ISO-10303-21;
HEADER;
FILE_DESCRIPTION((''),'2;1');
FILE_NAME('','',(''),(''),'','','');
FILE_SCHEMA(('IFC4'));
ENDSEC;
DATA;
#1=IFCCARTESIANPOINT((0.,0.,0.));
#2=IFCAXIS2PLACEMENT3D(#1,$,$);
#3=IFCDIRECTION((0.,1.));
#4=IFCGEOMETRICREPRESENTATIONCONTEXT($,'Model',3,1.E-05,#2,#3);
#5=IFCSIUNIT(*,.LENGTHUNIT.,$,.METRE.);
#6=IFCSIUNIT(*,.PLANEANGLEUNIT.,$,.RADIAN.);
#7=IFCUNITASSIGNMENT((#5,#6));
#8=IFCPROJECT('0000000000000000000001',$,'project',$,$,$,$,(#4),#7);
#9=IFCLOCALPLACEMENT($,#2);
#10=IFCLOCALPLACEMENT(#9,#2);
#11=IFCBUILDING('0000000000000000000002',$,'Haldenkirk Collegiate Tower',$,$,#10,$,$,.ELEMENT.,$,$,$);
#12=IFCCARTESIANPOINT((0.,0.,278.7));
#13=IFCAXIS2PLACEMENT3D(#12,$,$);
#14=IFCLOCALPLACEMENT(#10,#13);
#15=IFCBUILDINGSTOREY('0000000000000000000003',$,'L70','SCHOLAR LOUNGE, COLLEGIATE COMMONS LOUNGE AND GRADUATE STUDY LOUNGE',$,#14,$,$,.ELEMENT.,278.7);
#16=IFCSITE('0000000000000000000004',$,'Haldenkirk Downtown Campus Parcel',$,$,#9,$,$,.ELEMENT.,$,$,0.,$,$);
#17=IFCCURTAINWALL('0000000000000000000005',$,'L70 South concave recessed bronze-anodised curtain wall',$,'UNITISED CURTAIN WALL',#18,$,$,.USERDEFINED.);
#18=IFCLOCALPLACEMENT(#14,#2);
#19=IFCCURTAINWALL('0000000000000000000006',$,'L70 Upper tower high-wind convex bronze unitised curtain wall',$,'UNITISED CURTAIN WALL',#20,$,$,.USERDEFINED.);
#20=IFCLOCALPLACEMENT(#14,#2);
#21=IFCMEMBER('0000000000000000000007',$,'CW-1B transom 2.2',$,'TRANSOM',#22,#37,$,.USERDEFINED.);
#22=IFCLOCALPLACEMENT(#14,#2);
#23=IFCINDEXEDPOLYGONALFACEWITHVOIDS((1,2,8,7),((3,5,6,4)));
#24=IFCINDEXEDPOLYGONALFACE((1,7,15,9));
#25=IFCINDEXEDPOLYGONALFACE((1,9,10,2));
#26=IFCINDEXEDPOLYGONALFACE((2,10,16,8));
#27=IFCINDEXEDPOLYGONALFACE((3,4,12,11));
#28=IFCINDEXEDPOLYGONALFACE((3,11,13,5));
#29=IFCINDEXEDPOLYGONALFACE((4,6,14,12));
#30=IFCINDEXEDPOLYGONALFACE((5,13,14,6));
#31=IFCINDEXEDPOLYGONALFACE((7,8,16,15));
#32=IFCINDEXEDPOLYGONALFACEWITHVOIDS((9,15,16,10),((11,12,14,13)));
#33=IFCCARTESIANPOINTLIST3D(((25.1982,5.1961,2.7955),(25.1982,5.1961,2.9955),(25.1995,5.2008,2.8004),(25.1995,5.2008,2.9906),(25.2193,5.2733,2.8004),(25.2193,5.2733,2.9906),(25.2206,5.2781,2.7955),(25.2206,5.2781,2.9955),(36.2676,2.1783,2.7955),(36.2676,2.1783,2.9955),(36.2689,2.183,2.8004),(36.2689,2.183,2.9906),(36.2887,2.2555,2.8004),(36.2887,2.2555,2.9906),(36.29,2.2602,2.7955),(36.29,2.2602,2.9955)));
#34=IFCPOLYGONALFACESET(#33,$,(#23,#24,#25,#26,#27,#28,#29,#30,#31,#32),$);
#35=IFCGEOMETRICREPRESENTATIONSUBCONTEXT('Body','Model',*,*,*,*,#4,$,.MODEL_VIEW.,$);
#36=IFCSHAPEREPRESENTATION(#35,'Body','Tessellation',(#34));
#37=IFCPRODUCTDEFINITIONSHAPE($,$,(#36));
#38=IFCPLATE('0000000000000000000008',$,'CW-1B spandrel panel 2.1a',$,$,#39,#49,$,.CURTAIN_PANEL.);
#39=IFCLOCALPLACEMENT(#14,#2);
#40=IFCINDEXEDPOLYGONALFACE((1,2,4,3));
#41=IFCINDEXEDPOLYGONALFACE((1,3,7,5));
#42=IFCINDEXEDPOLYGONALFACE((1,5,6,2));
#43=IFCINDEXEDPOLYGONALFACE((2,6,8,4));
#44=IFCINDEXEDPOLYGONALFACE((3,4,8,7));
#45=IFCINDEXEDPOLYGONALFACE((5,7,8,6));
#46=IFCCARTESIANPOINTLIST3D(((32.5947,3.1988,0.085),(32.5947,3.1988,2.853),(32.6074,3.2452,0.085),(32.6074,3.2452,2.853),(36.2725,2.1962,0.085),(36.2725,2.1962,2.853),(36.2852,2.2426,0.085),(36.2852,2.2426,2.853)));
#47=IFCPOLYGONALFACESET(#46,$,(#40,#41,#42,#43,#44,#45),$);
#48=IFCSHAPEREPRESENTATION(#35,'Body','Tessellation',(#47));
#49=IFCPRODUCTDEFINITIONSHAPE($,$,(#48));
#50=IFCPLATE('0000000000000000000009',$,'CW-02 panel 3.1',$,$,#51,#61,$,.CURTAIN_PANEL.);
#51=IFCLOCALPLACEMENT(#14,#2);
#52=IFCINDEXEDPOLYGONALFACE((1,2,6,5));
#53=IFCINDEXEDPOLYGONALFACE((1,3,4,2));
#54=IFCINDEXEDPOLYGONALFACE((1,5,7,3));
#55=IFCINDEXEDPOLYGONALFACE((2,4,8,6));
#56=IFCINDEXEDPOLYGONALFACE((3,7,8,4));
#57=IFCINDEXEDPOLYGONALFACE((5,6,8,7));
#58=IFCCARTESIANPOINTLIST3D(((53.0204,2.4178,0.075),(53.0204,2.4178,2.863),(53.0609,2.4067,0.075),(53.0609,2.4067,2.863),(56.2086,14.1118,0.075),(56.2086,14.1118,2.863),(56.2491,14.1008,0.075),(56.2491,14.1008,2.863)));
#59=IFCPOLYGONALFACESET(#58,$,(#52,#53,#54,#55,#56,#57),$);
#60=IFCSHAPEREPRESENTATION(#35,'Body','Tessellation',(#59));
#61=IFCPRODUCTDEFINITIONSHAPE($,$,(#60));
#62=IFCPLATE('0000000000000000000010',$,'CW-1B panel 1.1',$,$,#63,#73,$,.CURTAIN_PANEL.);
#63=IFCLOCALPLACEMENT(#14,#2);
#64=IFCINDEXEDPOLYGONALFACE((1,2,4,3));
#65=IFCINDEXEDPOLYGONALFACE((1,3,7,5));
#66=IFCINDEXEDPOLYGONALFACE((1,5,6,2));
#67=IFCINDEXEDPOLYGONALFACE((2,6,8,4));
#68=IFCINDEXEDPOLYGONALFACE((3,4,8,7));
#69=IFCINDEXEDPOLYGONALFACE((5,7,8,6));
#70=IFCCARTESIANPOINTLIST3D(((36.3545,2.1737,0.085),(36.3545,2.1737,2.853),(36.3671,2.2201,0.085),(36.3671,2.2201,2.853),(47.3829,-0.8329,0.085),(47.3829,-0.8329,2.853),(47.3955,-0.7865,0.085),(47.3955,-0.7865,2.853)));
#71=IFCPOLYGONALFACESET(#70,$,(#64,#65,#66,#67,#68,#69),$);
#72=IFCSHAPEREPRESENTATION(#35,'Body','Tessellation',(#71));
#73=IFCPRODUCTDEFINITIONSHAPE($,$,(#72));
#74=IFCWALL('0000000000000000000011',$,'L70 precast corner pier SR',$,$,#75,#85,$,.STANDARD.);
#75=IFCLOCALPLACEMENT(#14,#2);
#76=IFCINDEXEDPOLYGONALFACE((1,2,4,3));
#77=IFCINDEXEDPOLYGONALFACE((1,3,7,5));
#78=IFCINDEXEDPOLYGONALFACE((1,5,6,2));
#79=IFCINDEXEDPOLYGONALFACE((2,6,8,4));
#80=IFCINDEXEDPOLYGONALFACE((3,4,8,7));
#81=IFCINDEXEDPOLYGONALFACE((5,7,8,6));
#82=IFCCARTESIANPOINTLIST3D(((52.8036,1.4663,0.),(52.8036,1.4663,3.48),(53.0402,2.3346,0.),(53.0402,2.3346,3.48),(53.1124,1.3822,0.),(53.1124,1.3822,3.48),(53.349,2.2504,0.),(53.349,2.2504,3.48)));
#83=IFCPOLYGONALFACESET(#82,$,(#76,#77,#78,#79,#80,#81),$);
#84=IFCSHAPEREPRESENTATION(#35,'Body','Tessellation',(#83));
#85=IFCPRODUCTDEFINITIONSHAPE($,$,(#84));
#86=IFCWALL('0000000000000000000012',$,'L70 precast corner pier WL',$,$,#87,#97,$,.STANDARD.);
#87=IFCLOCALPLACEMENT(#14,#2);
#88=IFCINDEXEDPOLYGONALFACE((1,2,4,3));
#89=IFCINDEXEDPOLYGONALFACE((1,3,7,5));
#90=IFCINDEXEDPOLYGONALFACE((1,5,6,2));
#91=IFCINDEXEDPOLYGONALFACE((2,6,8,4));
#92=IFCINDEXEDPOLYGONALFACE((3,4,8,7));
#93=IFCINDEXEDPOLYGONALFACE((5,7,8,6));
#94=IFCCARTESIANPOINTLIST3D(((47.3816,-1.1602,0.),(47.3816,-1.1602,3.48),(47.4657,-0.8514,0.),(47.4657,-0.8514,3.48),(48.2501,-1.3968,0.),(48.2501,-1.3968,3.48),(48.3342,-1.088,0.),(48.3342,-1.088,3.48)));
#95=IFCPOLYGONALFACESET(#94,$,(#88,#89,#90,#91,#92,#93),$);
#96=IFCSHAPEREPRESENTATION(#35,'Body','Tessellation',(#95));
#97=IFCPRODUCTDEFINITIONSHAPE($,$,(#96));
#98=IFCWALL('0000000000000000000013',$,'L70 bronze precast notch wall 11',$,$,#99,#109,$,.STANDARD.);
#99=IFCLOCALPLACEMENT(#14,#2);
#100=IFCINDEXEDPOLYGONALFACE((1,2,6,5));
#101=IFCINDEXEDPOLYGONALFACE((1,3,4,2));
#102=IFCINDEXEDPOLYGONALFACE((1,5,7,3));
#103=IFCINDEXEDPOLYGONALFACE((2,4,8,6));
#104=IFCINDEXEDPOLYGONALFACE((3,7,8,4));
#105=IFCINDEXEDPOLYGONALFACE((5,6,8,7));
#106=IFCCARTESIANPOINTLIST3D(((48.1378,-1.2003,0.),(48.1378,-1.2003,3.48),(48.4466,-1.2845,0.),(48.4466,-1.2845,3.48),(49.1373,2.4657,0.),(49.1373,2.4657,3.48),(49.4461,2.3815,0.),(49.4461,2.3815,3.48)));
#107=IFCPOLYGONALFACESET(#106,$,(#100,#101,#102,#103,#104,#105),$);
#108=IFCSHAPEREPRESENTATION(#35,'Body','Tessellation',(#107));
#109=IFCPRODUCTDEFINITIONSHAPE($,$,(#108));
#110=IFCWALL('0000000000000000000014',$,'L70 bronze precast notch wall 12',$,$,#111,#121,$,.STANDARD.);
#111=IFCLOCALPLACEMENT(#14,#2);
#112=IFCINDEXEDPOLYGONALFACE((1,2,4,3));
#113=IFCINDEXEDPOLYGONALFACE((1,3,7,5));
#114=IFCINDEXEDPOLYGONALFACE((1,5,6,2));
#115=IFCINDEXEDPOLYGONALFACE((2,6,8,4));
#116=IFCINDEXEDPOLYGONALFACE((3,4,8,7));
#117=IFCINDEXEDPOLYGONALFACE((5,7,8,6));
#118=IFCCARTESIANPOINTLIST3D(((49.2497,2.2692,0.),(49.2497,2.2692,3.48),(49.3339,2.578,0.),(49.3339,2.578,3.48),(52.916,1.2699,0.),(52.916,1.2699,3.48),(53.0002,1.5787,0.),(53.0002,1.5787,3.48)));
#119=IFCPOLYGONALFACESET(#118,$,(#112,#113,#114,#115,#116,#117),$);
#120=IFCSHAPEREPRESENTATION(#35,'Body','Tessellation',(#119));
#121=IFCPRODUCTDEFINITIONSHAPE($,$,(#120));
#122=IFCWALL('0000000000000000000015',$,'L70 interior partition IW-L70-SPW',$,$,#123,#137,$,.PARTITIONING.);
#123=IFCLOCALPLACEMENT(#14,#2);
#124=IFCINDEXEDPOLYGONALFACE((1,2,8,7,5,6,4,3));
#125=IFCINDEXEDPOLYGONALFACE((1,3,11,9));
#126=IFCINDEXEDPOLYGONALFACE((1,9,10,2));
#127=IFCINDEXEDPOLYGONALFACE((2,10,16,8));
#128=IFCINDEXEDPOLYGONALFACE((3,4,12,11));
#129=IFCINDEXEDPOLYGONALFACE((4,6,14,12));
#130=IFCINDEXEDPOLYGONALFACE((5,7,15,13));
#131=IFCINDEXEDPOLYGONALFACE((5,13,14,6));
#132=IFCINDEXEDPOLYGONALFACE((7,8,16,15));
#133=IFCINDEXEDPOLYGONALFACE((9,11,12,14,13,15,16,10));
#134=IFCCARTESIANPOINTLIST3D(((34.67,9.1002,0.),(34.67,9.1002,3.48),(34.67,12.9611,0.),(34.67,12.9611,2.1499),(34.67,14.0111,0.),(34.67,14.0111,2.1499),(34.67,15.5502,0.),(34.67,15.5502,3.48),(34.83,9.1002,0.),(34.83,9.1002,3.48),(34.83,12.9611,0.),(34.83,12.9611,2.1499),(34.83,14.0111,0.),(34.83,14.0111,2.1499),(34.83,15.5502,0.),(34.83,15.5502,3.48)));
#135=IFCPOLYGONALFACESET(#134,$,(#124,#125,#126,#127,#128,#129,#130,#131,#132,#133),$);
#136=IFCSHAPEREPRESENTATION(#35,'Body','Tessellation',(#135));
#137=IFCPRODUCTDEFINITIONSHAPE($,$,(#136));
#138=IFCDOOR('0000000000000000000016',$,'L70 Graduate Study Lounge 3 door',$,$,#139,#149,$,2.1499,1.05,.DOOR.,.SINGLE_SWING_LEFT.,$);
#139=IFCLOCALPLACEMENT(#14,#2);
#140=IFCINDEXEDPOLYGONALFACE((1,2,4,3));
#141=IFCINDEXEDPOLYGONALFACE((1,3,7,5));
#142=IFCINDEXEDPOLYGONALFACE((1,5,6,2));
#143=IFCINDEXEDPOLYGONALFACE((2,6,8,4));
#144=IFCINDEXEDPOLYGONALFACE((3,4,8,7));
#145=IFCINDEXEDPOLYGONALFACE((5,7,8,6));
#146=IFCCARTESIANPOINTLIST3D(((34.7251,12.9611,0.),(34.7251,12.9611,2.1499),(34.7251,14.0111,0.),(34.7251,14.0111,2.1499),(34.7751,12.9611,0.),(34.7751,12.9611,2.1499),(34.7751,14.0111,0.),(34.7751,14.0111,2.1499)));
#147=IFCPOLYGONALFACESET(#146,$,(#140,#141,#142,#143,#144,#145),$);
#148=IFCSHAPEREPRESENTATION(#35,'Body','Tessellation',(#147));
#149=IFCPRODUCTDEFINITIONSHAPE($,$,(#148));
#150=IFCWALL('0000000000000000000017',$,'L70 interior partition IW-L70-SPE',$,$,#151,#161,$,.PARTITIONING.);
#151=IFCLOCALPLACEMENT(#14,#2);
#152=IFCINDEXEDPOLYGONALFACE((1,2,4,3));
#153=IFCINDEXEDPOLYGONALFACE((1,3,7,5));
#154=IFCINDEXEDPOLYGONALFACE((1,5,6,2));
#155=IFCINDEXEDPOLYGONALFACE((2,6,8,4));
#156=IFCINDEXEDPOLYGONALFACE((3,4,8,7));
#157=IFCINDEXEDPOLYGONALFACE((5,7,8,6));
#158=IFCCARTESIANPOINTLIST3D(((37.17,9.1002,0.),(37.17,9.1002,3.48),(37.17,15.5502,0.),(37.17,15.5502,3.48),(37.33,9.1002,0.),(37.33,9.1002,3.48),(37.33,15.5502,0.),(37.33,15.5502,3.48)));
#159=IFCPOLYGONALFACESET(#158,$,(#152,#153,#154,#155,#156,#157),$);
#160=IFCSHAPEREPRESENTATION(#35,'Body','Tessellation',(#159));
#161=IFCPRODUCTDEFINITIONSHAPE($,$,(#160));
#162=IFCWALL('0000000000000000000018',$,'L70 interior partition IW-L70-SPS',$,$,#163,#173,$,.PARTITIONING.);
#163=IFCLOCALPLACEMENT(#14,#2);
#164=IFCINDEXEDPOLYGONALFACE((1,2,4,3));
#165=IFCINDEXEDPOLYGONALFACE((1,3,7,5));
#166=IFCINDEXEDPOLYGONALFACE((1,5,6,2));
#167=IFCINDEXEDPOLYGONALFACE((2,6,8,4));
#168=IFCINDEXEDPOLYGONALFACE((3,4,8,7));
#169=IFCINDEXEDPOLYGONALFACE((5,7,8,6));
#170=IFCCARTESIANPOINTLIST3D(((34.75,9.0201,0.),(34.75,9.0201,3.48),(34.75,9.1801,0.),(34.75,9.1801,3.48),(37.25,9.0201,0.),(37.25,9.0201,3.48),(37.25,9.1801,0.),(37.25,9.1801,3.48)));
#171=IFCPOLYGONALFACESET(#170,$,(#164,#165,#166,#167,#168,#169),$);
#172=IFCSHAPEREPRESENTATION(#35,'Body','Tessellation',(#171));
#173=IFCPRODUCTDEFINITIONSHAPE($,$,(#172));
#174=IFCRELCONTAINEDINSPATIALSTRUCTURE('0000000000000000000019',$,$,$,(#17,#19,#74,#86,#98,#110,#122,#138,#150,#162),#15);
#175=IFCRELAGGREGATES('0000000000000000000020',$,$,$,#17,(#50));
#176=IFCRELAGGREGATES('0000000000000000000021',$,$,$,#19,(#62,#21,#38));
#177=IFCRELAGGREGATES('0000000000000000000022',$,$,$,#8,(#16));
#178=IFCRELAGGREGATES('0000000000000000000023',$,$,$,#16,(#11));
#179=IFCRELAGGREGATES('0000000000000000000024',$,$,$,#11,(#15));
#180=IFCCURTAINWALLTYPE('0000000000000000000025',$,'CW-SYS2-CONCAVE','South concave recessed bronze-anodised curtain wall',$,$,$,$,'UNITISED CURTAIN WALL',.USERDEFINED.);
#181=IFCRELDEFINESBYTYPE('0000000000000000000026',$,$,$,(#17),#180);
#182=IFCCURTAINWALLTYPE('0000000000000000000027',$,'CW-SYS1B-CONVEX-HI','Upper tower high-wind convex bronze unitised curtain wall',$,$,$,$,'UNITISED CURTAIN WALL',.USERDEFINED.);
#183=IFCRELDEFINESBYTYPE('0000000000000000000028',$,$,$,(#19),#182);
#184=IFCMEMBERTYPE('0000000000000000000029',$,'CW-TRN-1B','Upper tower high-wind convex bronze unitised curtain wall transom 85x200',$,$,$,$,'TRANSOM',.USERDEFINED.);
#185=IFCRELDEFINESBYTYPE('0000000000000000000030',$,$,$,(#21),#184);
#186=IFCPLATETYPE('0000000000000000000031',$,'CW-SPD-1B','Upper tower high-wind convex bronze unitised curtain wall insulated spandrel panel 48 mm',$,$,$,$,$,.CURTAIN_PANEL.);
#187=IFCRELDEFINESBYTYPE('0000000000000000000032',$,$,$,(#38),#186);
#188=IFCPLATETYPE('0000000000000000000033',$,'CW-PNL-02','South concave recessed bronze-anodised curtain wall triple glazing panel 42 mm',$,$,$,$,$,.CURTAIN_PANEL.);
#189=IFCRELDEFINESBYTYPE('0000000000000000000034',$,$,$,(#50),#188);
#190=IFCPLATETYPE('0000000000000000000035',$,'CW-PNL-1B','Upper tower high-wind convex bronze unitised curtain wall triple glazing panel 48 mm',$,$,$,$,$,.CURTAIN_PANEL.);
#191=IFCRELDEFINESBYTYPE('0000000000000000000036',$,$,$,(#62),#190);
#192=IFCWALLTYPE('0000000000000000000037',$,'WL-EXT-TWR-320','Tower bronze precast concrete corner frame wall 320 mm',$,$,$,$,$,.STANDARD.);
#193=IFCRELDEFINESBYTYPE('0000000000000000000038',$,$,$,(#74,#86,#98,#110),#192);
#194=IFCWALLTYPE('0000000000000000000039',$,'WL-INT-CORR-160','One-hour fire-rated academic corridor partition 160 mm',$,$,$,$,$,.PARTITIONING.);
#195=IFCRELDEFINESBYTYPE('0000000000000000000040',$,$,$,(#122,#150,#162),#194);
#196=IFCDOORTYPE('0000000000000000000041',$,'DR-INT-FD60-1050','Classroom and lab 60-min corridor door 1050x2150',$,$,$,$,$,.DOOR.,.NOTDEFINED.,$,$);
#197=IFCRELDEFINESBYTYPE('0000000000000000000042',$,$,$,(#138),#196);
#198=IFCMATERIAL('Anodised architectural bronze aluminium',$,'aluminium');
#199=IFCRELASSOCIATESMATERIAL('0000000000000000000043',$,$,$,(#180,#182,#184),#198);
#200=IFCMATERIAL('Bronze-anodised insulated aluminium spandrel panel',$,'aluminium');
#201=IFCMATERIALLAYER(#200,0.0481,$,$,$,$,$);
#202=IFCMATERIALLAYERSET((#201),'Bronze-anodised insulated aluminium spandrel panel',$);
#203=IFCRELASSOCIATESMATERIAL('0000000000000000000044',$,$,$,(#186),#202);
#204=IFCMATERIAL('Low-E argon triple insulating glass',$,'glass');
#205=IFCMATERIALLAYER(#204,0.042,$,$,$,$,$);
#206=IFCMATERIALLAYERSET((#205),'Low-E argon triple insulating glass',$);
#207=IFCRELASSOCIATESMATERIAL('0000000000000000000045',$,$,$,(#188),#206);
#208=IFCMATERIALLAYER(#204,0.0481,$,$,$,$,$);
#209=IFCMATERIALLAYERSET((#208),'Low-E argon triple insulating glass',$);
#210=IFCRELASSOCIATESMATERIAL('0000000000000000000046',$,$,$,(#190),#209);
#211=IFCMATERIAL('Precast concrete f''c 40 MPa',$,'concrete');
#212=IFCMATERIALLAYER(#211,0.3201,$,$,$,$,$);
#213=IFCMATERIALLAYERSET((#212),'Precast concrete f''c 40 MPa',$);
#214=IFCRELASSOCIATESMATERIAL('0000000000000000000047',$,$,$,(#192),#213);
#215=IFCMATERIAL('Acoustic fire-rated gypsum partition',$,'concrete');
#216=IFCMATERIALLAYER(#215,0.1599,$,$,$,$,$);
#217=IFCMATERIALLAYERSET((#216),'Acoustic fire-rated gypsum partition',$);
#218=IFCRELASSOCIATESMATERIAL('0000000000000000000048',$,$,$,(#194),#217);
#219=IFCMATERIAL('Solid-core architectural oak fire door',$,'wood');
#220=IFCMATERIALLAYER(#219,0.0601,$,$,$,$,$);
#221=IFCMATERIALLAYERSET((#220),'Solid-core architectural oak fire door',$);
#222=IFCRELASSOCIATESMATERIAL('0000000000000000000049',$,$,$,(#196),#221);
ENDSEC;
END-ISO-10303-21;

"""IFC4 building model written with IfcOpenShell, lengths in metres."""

from ifc_helpers import new_model, si_unit, direction, frame, frame_2d, origin, origin_2d, place, context, subcontext, project, spatial, rectangle, hollow_rectangle, extrude, source, transform, mapped, material, layer, layer_set, material_profile, profile_set, type_object, element, fill, aggregate, save


model = new_model("IFC4")

# Units and contexts
model_context = context("Model", 3, precision=1e-05, world=origin(), true_north=direction((0.0, 1.0)))
body_context = subcontext(model_context, "Body", "Model", "MODEL_VIEW")
ifc_project = project(units=[si_unit("LENGTHUNIT", "METRE"), si_unit("PLANEANGLEUNIT", "RADIAN")], contexts=[model_context])

# Site, building, storey
site_placement = place(None, origin())
site = spatial("IfcSite", under=ifc_project, at=site_placement, Name="Haldenkirk Downtown Campus Parcel", CompositionType="ELEMENT", RefElevation=0.0)
building_placement = place(site_placement, origin())
building = spatial("IfcBuilding", under=site, at=building_placement, Name="Haldenkirk Collegiate Tower", CompositionType="ELEMENT")
storey_placement = place(building_placement, frame((0.0, 0.0, 278.7)))
storey = spatial("IfcBuildingStorey", under=building, at=storey_placement, Name="L70", Description="SCHOLAR LOUNGE, COLLEGIATE COMMONS LOUNGE AND GRADUATE STUDY LOUNGE", CompositionType="ELEMENT", Elevation=278.7)

# Curtain wall
ifc_material_1 = material(Name="Anodised architectural bronze aluminium", Category="aluminium")
curtain_wall_type_1 = type_object("IfcCurtainWallType", Name="CW-SYS2-CONCAVE", Description="South concave recessed bronze-anodised curtain wall", ElementType="UNITISED CURTAIN WALL", PredefinedType="USERDEFINED", material=ifc_material_1)
curtain_wall_1_placement = place(storey_placement, origin())
curtain_wall_1 = element("IfcCurtainWall", 1, at=curtain_wall_1_placement, inside=storey, type_object=curtain_wall_type_1, Name="L70 South concave recessed bronze-anodised curtain wall", ObjectType="UNITISED CURTAIN WALL", PredefinedType="USERDEFINED")

# Curtain wall
curtain_wall_type_2 = type_object("IfcCurtainWallType", Name="CW-SYS1B-CONVEX-HI", Description="Upper tower high-wind convex bronze unitised curtain wall", ElementType="UNITISED CURTAIN WALL", PredefinedType="USERDEFINED", material=ifc_material_1)
curtain_wall_2_placement = place(storey_placement, origin())
curtain_wall_2 = element("IfcCurtainWall", 2, at=curtain_wall_2_placement, inside=storey, type_object=curtain_wall_type_2, Name="L70 Upper tower high-wind convex bronze unitised curtain wall", ObjectType="UNITISED CURTAIN WALL", PredefinedType="USERDEFINED")

# Member
ifc_material_profile_1 = material_profile(ifc_material_1, hollow_rectangle(XDim=0.085, YDim=0.2, WallThickness=0.0049, at=origin_2d()), Name="CW-TRN-1B")
ifc_profile_set_1 = profile_set([ifc_material_profile_1], Name="Anodised architectural bronze aluminium")
member_type_1 = type_object("IfcMemberType", Name="CW-TRN-1B", Description="Upper tower high-wind convex bronze unitised curtain wall transom 85x200", ElementType="TRANSOM", PredefinedType="USERDEFINED", material=ifc_profile_set_1)
member_1_placement = place(storey_placement, frame((36.2788, 2.2192, 2.8955), z_axis=(-0.964788, 0.263029, 0.0), x_axis=(-0.263029, -0.964788, 0.0)))
member_1 = element("IfcMember", 3, at=member_1_placement, type_object=member_type_1, Name="CW-1B transom 2.2", ObjectType="TRANSOM", PredefinedType="USERDEFINED", context=body_context, shape_type="SweptSolid", body=[
    extrude(hollow_rectangle(XDim=0.085, YDim=0.2, WallThickness=0.0049, at=origin_2d()), origin(), (0.0, 0.0, 1.0), 11.4734),
])

# Plates
ifc_material_2 = material(Name="Bronze-anodised insulated aluminium spandrel panel", Category="aluminium")
ifc_layer_1 = layer(ifc_material_2, 0.0481)
ifc_layer_set_1 = layer_set([ifc_layer_1], Name="Bronze-anodised insulated aluminium spandrel panel")
plate_type_1 = type_object("IfcPlateType", Name="CW-SPD-1B", Description="Upper tower high-wind convex bronze unitised curtain wall insulated spandrel panel 48 mm", PredefinedType="CURTAIN_PANEL", material=ifc_layer_set_1)
shared_shape_1 = source(origin(), body_context, "Body", "SweptSolid", [
    extrude(rectangle(XDim=3.812, YDim=0.0481, at=origin_2d()), origin(), (0.0, 0.0, 1.0), 2.7681),
])
plate_1_placement = place(storey_placement, frame((34.4399, 2.7207, 0.085), z_axis=(0.0, 0.0, 1.0), x_axis=(-0.964787, 0.263031, 0.0)))
plate_1 = element("IfcPlate", 4, at=plate_1_placement, type_object=plate_type_1, Name="CW-1B spandrel panel 2.1a", PredefinedType="CURTAIN_PANEL", context=body_context, shape_type="MappedRepresentation", body=[
    mapped(shared_shape_1, transform((0.0, 0.0, 0.0), x_axis=(1.0, 0.0, 0.0), y_axis=(0.0, 1.0, 0.0), z_axis=(0.0, 0.0, 1.0), scale=1.0)),
])
ifc_material_3 = material(Name="Low-E argon triple insulating glass", Category="glass")
ifc_layer_2 = layer(ifc_material_3, 0.042)
ifc_layer_set_2 = layer_set([ifc_layer_2], Name="Low-E argon triple insulating glass")
plate_type_2 = type_object("IfcPlateType", Name="CW-PNL-02", Description="South concave recessed bronze-anodised curtain wall triple glazing panel 42 mm", PredefinedType="CURTAIN_PANEL", material=ifc_layer_set_2)
shared_shape_2 = source(origin(), body_context, "Body", "SweptSolid", [
    extrude(rectangle(XDim=12.1208, YDim=0.042, at=origin_2d()), origin(), (0.0, 0.0, 1.0), 2.7881),
])
plate_2_placement = place(storey_placement, frame((54.6348, 8.2593, 0.075), z_axis=(0.0, 0.0, 1.0), x_axis=(-0.263033, -0.964787, 0.0)))
plate_2 = element("IfcPlate", 5, at=plate_2_placement, type_object=plate_type_2, Name="CW-02 panel 3.1", PredefinedType="CURTAIN_PANEL", context=body_context, shape_type="MappedRepresentation", body=[
    mapped(shared_shape_2, transform((0.0, 0.0, 0.0), x_axis=(1.0, 0.0, 0.0), y_axis=(0.0, 1.0, 0.0), z_axis=(0.0, 0.0, 1.0), scale=1.0)),
])
aggregate(curtain_wall_1, [plate_2])
ifc_layer_3 = layer(ifc_material_3, 0.0481)
ifc_layer_set_3 = layer_set([ifc_layer_3], Name="Low-E argon triple insulating glass")
plate_type_3 = type_object("IfcPlateType", Name="CW-PNL-1B", Description="Upper tower high-wind convex bronze unitised curtain wall triple glazing panel 48 mm", PredefinedType="CURTAIN_PANEL", material=ifc_layer_set_3)
shared_shape_3 = source(origin(), body_context, "Body", "SweptSolid", [
    extrude(rectangle(XDim=11.4309, YDim=0.0481, at=origin_2d()), origin(), (0.0, 0.0, 1.0), 2.7681),
])
plate_3_placement = place(storey_placement, frame((41.875, 0.6936, 0.085), z_axis=(0.0, 0.0, 1.0), x_axis=(-0.964787, 0.263031, 0.0)))
plate_3 = element("IfcPlate", 6, at=plate_3_placement, type_object=plate_type_3, Name="CW-1B panel 1.1", PredefinedType="CURTAIN_PANEL", context=body_context, shape_type="MappedRepresentation", body=[
    mapped(shared_shape_3, transform((0.0, 0.0, 0.0), x_axis=(1.0, 0.0, 0.0), y_axis=(0.0, 1.0, 0.0), z_axis=(0.0, 0.0, 1.0), scale=1.0)),
])
aggregate(curtain_wall_2, [plate_3, member_1, plate_1])

# Walls
ifc_material_4 = material(Name="Precast concrete f'c 40 MPa", Category="concrete")
ifc_layer_4 = layer(ifc_material_4, 0.3201)
ifc_layer_set_4 = layer_set([ifc_layer_4], Name="Precast concrete f'c 40 MPa")
wall_type_1 = type_object("IfcWallType", Name="WL-EXT-TWR-320", Description="Tower bronze precast concrete corner frame wall 320 mm", PredefinedType="STANDARD", material=ifc_layer_set_4)
wall_1_placement = place(storey_placement, frame((53.1946, 2.2925, 0.0), z_axis=(0.0, 0.0, 1.0), x_axis=(-0.262911, -0.96482, 0.0)))
element("IfcWall", 7, at=wall_1_placement, inside=storey, type_object=wall_type_1, Name="L70 precast corner pier SR", PredefinedType="STANDARD", context=body_context, shape_type="SweptSolid", body=[
    extrude(rectangle(XDim=0.8999, YDim=0.3201, at=frame_2d((0.45, 0.0))), origin(), (0.0, 0.0, 1.0), 3.48),
])
wall_2_placement = place(storey_placement, frame((48.2922, -1.2424, 0.0), z_axis=(0.0, 0.0, 1.0), x_axis=(-0.964839, 0.262842, 0.0)))
element("IfcWall", 8, at=wall_2_placement, inside=storey, type_object=wall_type_1, Name="L70 precast corner pier WL", PredefinedType="STANDARD", context=body_context, shape_type="SweptSolid", body=[
    extrude(rectangle(XDim=0.9001, YDim=0.3201, at=frame_2d((0.4502, 0.0))), origin(), (0.0, 0.0, 1.0), 3.48),
])
wall_3_placement = place(storey_placement, frame((49.2917, 2.4236, 0.0), z_axis=(0.0, 0.0, 1.0), x_axis=(-0.263041, -0.964785, 0.0)))
element("IfcWall", 9, at=wall_3_placement, inside=storey, type_object=wall_type_1, Name="L70 bronze precast notch wall 11", PredefinedType="STANDARD", context=body_context, shape_type="SweptSolid", body=[
    extrude(rectangle(XDim=3.7998, YDim=0.3201, at=frame_2d((1.8999, 0.0))), origin(), (0.0, 0.0, 1.0), 3.48),
])
wall_4_placement = place(storey_placement, frame((52.958, 1.4243, 0.0), z_axis=(0.0, 0.0, 1.0), x_axis=(-0.964805, 0.262965, 0.0)))
element("IfcWall", 10, at=wall_4_placement, inside=storey, type_object=wall_type_1, Name="L70 bronze precast notch wall 12", PredefinedType="STANDARD", context=body_context, shape_type="SweptSolid", body=[
    extrude(rectangle(XDim=3.8, YDim=0.3201, at=frame_2d((1.8999, 0.0))), origin(), (0.0, 0.0, 1.0), 3.48),
])

# Wall, opening, door
ifc_material_5 = material(Name="Acoustic fire-rated gypsum partition", Category="concrete")
ifc_layer_5 = layer(ifc_material_5, 0.1599)
ifc_layer_set_5 = layer_set([ifc_layer_5], Name="Acoustic fire-rated gypsum partition")
wall_type_2 = type_object("IfcWallType", Name="WL-INT-CORR-160", Description="One-hour fire-rated academic corridor partition 160 mm", PredefinedType="PARTITIONING", material=ifc_layer_set_5)
wall_5_placement = place(storey_placement, frame((34.75, 9.1001, 0.0), z_axis=(0.0, 0.0, 1.0), x_axis=(0.0, 1.0, 0.0)))
wall_5 = element("IfcWall", 11, at=wall_5_placement, inside=storey, type_object=wall_type_2, Name="L70 interior partition IW-L70-SPW", PredefinedType="PARTITIONING", context=body_context, shape_type="SweptSolid", body=[
    extrude(rectangle(XDim=6.45, YDim=0.1599, at=frame_2d((3.2251, 0.0))), origin(), (0.0, 0.0, 1.0), 3.48),
])
opening_placement = place(wall_5_placement, frame((3.8611, 0.0, 0.0)))
opening = element("IfcOpeningElement", 12, at=opening_placement, cuts=wall_5, PredefinedType="OPENING", context=body_context, shape_type="SweptSolid", body=[
    extrude(rectangle(XDim=1.05, YDim=2.1499, at=frame_2d((0.5249, 1.075))), frame((0.0, 0.0898, 0.0), z_axis=(0.0, -1.0, 0.0), x_axis=(1.0, 0.0, 0.0)), (0.0, 0.0, 1.0), 0.1799),
])
ifc_material_6 = material(Name="Solid-core architectural oak fire door", Category="wood")
ifc_layer_6 = layer(ifc_material_6, 0.0601)
ifc_layer_set_6 = layer_set([ifc_layer_6], Name="Solid-core architectural oak fire door")
door_type = type_object("IfcDoorType", Name="DR-INT-FD60-1050", Description="Classroom and lab 60-min corridor door 1050x2150", OperationType="NOTDEFINED", PredefinedType="DOOR", material=ifc_layer_set_6)
door_placement = place(opening_placement, origin())
door = element("IfcDoor", 13, at=door_placement, inside=storey, type_object=door_type, Name="L70 Graduate Study Lounge 3 door", OperationType="SINGLE_SWING_LEFT", OverallHeight=2.1499, OverallWidth=1.05, PredefinedType="DOOR", context=body_context, shape_type="SweptSolid", body=[
    extrude(rectangle(XDim=1.05, YDim=2.1499, at=frame_2d((0.5249, 1.075))), frame((0.0, 0.0249, 0.0), z_axis=(0.0, -1.0, 0.0), x_axis=(1.0, 0.0, 0.0)), (0.0, 0.0, 1.0), 0.05),
])
fill(opening, door)

# Walls
wall_6_placement = place(storey_placement, frame((37.25, 9.1001, 0.0), z_axis=(0.0, 0.0, 1.0), x_axis=(0.0, 1.0, 0.0)))
element("IfcWall", 14, at=wall_6_placement, inside=storey, type_object=wall_type_2, Name="L70 interior partition IW-L70-SPE", PredefinedType="PARTITIONING", context=body_context, shape_type="SweptSolid", body=[
    extrude(rectangle(XDim=6.45, YDim=0.1599, at=frame_2d((3.2251, 0.0))), origin(), (0.0, 0.0, 1.0), 3.48),
])
wall_7_placement = place(storey_placement, frame((34.75, 9.1001, 0.0), z_axis=(0.0, 0.0, 1.0), x_axis=(1.0, 0.0, 0.0)))
element("IfcWall", 15, at=wall_7_placement, inside=storey, type_object=wall_type_2, Name="L70 interior partition IW-L70-SPS", PredefinedType="PARTITIONING", context=body_context, shape_type="SweptSolid", body=[
    extrude(rectangle(XDim=2.5, YDim=0.1599, at=frame_2d((1.25, 0.0))), origin(), (0.0, 0.0, 1.0), 3.48),
])

save(model, "model.ifc")
